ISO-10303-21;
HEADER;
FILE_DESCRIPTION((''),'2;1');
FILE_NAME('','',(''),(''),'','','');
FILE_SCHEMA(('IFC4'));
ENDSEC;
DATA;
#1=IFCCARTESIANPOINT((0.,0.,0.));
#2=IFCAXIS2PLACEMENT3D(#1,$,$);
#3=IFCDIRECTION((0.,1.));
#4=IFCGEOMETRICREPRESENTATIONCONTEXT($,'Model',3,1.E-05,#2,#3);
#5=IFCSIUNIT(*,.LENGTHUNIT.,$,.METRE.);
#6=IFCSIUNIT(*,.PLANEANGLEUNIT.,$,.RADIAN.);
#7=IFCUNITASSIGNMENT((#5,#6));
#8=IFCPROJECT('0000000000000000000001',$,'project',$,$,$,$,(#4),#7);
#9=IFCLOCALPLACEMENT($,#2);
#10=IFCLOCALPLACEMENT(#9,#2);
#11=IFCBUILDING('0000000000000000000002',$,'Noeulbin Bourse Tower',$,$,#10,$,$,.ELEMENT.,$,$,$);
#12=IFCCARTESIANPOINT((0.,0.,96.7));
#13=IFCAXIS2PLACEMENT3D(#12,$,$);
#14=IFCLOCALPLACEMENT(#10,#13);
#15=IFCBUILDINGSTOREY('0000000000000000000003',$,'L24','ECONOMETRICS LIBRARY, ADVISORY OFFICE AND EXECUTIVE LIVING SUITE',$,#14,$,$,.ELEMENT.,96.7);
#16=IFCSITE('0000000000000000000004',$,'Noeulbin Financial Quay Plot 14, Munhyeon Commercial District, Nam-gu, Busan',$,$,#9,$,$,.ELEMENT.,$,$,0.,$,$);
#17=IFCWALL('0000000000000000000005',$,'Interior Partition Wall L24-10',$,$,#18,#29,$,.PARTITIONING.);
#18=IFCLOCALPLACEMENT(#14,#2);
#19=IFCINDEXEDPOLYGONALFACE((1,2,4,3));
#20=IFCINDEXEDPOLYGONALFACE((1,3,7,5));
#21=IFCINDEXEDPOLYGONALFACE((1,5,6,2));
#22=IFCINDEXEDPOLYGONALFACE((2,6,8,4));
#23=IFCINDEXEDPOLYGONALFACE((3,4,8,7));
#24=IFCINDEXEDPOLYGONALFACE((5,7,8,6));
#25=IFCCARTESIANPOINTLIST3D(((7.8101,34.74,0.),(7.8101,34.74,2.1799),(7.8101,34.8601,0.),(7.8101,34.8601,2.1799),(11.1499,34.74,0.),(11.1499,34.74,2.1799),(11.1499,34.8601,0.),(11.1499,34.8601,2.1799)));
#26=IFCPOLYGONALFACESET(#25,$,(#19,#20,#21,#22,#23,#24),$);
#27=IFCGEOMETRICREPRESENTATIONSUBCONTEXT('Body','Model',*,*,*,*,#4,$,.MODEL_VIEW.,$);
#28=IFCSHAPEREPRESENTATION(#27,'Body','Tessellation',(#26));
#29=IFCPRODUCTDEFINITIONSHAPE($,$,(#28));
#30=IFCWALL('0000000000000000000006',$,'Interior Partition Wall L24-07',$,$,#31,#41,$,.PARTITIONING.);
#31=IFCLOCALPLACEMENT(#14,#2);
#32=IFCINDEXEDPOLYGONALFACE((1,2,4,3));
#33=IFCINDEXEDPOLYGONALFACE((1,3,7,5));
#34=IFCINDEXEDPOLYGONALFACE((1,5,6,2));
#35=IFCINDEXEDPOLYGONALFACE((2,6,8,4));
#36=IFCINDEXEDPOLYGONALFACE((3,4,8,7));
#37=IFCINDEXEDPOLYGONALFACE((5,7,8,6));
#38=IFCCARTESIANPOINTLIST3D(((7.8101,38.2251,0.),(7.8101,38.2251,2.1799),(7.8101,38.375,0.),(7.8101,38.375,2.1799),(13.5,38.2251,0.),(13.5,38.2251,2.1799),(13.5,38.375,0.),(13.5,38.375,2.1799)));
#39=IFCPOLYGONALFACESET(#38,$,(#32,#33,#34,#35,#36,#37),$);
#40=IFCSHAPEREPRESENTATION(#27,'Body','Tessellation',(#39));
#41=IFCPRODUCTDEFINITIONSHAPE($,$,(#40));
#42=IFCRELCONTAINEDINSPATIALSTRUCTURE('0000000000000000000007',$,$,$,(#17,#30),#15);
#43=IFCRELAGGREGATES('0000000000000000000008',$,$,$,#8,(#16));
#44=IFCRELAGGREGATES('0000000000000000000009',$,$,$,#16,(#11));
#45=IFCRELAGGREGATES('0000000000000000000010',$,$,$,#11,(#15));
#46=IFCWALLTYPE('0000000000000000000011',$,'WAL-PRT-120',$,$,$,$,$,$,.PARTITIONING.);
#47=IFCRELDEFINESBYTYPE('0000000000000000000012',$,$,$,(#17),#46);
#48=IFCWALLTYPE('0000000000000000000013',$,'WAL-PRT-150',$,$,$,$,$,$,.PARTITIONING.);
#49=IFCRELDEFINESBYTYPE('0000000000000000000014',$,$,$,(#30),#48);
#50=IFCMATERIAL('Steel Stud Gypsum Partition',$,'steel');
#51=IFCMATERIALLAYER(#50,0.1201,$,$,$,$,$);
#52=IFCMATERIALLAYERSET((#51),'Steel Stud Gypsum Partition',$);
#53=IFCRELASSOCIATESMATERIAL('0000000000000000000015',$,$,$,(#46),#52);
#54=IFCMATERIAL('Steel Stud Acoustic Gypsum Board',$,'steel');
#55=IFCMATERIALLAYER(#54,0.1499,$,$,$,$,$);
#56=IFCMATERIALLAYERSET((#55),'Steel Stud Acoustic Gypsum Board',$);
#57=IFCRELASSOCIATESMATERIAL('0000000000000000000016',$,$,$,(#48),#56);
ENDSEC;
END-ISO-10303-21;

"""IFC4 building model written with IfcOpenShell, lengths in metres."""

from ifc_helpers import new_model, si_unit, direction, frame, frame_2d, origin, place, context, subcontext, project, spatial, rectangle, extrude, material, layer, layer_set, type_object, element, save


model = new_model("IFC4")

# Units and contexts
model_context = context("Model", 3, precision=1e-05, world=origin(), true_north=direction((0.0, 1.0)))
body_context = subcontext(model_context, "Body", "Model", "MODEL_VIEW")
ifc_project = project(units=[si_unit("LENGTHUNIT", "METRE"), si_unit("PLANEANGLEUNIT", "RADIAN")], contexts=[model_context])

# Site, building, storey
site_placement = place(None, origin())
site = spatial("IfcSite", under=ifc_project, at=site_placement, Name="Noeulbin Financial Quay Plot 14, Munhyeon Commercial District, Nam-gu, Busan", CompositionType="ELEMENT", RefElevation=0.0)
building_placement = place(site_placement, origin())
building = spatial("IfcBuilding", under=site, at=building_placement, Name="Noeulbin Bourse Tower", CompositionType="ELEMENT")
storey_placement = place(building_placement, frame((0.0, 0.0, 96.7)))
storey = spatial("IfcBuildingStorey", under=building, at=storey_placement, Name="L24", Description="ECONOMETRICS LIBRARY, ADVISORY OFFICE AND EXECUTIVE LIVING SUITE", CompositionType="ELEMENT", Elevation=96.7)

# Walls
ifc_material_1 = material(Name="Steel Stud Gypsum Partition", Category="steel")
ifc_layer_1 = layer(ifc_material_1, 0.1201)
ifc_layer_set_1 = layer_set([ifc_layer_1], Name="Steel Stud Gypsum Partition")
wall_type_1 = type_object("IfcWallType", Name="WAL-PRT-120", PredefinedType="PARTITIONING", material=ifc_layer_set_1)
wall_1_placement = place(storey_placement, frame((7.8101, 34.8, 0.0), z_axis=(0.0, 0.0, 1.0), x_axis=(1.0, 0.0, 0.0)))
element("IfcWall", 1, at=wall_1_placement, inside=storey, type_object=wall_type_1, Name="Interior Partition Wall L24-10", PredefinedType="PARTITIONING", context=body_context, shape_type="SweptSolid", body=[
    extrude(rectangle(XDim=3.3398, YDim=0.1201, at=frame_2d((1.6699, 0.0))), origin(), (0.0, 0.0, 1.0), 2.1799),
])
ifc_material_2 = material(Name="Steel Stud Acoustic Gypsum Board", Category="steel")
ifc_layer_2 = layer(ifc_material_2, 0.1499)
ifc_layer_set_2 = layer_set([ifc_layer_2], Name="Steel Stud Acoustic Gypsum Board")
wall_type_2 = type_object("IfcWallType", Name="WAL-PRT-150", PredefinedType="PARTITIONING", material=ifc_layer_set_2)
wall_2_placement = place(storey_placement, frame((7.8101, 38.3, 0.0), z_axis=(0.0, 0.0, 1.0), x_axis=(1.0, 0.0, 0.0)))
element("IfcWall", 2, at=wall_2_placement, inside=storey, type_object=wall_type_2, Name="Interior Partition Wall L24-07", PredefinedType="PARTITIONING", context=body_context, shape_type="SweptSolid", body=[
    extrude(rectangle(XDim=5.6899, YDim=0.1499, at=frame_2d((2.845, 0.0))), origin(), (0.0, 0.0, 1.0), 2.1799),
])

save(model, "model.ifc")
